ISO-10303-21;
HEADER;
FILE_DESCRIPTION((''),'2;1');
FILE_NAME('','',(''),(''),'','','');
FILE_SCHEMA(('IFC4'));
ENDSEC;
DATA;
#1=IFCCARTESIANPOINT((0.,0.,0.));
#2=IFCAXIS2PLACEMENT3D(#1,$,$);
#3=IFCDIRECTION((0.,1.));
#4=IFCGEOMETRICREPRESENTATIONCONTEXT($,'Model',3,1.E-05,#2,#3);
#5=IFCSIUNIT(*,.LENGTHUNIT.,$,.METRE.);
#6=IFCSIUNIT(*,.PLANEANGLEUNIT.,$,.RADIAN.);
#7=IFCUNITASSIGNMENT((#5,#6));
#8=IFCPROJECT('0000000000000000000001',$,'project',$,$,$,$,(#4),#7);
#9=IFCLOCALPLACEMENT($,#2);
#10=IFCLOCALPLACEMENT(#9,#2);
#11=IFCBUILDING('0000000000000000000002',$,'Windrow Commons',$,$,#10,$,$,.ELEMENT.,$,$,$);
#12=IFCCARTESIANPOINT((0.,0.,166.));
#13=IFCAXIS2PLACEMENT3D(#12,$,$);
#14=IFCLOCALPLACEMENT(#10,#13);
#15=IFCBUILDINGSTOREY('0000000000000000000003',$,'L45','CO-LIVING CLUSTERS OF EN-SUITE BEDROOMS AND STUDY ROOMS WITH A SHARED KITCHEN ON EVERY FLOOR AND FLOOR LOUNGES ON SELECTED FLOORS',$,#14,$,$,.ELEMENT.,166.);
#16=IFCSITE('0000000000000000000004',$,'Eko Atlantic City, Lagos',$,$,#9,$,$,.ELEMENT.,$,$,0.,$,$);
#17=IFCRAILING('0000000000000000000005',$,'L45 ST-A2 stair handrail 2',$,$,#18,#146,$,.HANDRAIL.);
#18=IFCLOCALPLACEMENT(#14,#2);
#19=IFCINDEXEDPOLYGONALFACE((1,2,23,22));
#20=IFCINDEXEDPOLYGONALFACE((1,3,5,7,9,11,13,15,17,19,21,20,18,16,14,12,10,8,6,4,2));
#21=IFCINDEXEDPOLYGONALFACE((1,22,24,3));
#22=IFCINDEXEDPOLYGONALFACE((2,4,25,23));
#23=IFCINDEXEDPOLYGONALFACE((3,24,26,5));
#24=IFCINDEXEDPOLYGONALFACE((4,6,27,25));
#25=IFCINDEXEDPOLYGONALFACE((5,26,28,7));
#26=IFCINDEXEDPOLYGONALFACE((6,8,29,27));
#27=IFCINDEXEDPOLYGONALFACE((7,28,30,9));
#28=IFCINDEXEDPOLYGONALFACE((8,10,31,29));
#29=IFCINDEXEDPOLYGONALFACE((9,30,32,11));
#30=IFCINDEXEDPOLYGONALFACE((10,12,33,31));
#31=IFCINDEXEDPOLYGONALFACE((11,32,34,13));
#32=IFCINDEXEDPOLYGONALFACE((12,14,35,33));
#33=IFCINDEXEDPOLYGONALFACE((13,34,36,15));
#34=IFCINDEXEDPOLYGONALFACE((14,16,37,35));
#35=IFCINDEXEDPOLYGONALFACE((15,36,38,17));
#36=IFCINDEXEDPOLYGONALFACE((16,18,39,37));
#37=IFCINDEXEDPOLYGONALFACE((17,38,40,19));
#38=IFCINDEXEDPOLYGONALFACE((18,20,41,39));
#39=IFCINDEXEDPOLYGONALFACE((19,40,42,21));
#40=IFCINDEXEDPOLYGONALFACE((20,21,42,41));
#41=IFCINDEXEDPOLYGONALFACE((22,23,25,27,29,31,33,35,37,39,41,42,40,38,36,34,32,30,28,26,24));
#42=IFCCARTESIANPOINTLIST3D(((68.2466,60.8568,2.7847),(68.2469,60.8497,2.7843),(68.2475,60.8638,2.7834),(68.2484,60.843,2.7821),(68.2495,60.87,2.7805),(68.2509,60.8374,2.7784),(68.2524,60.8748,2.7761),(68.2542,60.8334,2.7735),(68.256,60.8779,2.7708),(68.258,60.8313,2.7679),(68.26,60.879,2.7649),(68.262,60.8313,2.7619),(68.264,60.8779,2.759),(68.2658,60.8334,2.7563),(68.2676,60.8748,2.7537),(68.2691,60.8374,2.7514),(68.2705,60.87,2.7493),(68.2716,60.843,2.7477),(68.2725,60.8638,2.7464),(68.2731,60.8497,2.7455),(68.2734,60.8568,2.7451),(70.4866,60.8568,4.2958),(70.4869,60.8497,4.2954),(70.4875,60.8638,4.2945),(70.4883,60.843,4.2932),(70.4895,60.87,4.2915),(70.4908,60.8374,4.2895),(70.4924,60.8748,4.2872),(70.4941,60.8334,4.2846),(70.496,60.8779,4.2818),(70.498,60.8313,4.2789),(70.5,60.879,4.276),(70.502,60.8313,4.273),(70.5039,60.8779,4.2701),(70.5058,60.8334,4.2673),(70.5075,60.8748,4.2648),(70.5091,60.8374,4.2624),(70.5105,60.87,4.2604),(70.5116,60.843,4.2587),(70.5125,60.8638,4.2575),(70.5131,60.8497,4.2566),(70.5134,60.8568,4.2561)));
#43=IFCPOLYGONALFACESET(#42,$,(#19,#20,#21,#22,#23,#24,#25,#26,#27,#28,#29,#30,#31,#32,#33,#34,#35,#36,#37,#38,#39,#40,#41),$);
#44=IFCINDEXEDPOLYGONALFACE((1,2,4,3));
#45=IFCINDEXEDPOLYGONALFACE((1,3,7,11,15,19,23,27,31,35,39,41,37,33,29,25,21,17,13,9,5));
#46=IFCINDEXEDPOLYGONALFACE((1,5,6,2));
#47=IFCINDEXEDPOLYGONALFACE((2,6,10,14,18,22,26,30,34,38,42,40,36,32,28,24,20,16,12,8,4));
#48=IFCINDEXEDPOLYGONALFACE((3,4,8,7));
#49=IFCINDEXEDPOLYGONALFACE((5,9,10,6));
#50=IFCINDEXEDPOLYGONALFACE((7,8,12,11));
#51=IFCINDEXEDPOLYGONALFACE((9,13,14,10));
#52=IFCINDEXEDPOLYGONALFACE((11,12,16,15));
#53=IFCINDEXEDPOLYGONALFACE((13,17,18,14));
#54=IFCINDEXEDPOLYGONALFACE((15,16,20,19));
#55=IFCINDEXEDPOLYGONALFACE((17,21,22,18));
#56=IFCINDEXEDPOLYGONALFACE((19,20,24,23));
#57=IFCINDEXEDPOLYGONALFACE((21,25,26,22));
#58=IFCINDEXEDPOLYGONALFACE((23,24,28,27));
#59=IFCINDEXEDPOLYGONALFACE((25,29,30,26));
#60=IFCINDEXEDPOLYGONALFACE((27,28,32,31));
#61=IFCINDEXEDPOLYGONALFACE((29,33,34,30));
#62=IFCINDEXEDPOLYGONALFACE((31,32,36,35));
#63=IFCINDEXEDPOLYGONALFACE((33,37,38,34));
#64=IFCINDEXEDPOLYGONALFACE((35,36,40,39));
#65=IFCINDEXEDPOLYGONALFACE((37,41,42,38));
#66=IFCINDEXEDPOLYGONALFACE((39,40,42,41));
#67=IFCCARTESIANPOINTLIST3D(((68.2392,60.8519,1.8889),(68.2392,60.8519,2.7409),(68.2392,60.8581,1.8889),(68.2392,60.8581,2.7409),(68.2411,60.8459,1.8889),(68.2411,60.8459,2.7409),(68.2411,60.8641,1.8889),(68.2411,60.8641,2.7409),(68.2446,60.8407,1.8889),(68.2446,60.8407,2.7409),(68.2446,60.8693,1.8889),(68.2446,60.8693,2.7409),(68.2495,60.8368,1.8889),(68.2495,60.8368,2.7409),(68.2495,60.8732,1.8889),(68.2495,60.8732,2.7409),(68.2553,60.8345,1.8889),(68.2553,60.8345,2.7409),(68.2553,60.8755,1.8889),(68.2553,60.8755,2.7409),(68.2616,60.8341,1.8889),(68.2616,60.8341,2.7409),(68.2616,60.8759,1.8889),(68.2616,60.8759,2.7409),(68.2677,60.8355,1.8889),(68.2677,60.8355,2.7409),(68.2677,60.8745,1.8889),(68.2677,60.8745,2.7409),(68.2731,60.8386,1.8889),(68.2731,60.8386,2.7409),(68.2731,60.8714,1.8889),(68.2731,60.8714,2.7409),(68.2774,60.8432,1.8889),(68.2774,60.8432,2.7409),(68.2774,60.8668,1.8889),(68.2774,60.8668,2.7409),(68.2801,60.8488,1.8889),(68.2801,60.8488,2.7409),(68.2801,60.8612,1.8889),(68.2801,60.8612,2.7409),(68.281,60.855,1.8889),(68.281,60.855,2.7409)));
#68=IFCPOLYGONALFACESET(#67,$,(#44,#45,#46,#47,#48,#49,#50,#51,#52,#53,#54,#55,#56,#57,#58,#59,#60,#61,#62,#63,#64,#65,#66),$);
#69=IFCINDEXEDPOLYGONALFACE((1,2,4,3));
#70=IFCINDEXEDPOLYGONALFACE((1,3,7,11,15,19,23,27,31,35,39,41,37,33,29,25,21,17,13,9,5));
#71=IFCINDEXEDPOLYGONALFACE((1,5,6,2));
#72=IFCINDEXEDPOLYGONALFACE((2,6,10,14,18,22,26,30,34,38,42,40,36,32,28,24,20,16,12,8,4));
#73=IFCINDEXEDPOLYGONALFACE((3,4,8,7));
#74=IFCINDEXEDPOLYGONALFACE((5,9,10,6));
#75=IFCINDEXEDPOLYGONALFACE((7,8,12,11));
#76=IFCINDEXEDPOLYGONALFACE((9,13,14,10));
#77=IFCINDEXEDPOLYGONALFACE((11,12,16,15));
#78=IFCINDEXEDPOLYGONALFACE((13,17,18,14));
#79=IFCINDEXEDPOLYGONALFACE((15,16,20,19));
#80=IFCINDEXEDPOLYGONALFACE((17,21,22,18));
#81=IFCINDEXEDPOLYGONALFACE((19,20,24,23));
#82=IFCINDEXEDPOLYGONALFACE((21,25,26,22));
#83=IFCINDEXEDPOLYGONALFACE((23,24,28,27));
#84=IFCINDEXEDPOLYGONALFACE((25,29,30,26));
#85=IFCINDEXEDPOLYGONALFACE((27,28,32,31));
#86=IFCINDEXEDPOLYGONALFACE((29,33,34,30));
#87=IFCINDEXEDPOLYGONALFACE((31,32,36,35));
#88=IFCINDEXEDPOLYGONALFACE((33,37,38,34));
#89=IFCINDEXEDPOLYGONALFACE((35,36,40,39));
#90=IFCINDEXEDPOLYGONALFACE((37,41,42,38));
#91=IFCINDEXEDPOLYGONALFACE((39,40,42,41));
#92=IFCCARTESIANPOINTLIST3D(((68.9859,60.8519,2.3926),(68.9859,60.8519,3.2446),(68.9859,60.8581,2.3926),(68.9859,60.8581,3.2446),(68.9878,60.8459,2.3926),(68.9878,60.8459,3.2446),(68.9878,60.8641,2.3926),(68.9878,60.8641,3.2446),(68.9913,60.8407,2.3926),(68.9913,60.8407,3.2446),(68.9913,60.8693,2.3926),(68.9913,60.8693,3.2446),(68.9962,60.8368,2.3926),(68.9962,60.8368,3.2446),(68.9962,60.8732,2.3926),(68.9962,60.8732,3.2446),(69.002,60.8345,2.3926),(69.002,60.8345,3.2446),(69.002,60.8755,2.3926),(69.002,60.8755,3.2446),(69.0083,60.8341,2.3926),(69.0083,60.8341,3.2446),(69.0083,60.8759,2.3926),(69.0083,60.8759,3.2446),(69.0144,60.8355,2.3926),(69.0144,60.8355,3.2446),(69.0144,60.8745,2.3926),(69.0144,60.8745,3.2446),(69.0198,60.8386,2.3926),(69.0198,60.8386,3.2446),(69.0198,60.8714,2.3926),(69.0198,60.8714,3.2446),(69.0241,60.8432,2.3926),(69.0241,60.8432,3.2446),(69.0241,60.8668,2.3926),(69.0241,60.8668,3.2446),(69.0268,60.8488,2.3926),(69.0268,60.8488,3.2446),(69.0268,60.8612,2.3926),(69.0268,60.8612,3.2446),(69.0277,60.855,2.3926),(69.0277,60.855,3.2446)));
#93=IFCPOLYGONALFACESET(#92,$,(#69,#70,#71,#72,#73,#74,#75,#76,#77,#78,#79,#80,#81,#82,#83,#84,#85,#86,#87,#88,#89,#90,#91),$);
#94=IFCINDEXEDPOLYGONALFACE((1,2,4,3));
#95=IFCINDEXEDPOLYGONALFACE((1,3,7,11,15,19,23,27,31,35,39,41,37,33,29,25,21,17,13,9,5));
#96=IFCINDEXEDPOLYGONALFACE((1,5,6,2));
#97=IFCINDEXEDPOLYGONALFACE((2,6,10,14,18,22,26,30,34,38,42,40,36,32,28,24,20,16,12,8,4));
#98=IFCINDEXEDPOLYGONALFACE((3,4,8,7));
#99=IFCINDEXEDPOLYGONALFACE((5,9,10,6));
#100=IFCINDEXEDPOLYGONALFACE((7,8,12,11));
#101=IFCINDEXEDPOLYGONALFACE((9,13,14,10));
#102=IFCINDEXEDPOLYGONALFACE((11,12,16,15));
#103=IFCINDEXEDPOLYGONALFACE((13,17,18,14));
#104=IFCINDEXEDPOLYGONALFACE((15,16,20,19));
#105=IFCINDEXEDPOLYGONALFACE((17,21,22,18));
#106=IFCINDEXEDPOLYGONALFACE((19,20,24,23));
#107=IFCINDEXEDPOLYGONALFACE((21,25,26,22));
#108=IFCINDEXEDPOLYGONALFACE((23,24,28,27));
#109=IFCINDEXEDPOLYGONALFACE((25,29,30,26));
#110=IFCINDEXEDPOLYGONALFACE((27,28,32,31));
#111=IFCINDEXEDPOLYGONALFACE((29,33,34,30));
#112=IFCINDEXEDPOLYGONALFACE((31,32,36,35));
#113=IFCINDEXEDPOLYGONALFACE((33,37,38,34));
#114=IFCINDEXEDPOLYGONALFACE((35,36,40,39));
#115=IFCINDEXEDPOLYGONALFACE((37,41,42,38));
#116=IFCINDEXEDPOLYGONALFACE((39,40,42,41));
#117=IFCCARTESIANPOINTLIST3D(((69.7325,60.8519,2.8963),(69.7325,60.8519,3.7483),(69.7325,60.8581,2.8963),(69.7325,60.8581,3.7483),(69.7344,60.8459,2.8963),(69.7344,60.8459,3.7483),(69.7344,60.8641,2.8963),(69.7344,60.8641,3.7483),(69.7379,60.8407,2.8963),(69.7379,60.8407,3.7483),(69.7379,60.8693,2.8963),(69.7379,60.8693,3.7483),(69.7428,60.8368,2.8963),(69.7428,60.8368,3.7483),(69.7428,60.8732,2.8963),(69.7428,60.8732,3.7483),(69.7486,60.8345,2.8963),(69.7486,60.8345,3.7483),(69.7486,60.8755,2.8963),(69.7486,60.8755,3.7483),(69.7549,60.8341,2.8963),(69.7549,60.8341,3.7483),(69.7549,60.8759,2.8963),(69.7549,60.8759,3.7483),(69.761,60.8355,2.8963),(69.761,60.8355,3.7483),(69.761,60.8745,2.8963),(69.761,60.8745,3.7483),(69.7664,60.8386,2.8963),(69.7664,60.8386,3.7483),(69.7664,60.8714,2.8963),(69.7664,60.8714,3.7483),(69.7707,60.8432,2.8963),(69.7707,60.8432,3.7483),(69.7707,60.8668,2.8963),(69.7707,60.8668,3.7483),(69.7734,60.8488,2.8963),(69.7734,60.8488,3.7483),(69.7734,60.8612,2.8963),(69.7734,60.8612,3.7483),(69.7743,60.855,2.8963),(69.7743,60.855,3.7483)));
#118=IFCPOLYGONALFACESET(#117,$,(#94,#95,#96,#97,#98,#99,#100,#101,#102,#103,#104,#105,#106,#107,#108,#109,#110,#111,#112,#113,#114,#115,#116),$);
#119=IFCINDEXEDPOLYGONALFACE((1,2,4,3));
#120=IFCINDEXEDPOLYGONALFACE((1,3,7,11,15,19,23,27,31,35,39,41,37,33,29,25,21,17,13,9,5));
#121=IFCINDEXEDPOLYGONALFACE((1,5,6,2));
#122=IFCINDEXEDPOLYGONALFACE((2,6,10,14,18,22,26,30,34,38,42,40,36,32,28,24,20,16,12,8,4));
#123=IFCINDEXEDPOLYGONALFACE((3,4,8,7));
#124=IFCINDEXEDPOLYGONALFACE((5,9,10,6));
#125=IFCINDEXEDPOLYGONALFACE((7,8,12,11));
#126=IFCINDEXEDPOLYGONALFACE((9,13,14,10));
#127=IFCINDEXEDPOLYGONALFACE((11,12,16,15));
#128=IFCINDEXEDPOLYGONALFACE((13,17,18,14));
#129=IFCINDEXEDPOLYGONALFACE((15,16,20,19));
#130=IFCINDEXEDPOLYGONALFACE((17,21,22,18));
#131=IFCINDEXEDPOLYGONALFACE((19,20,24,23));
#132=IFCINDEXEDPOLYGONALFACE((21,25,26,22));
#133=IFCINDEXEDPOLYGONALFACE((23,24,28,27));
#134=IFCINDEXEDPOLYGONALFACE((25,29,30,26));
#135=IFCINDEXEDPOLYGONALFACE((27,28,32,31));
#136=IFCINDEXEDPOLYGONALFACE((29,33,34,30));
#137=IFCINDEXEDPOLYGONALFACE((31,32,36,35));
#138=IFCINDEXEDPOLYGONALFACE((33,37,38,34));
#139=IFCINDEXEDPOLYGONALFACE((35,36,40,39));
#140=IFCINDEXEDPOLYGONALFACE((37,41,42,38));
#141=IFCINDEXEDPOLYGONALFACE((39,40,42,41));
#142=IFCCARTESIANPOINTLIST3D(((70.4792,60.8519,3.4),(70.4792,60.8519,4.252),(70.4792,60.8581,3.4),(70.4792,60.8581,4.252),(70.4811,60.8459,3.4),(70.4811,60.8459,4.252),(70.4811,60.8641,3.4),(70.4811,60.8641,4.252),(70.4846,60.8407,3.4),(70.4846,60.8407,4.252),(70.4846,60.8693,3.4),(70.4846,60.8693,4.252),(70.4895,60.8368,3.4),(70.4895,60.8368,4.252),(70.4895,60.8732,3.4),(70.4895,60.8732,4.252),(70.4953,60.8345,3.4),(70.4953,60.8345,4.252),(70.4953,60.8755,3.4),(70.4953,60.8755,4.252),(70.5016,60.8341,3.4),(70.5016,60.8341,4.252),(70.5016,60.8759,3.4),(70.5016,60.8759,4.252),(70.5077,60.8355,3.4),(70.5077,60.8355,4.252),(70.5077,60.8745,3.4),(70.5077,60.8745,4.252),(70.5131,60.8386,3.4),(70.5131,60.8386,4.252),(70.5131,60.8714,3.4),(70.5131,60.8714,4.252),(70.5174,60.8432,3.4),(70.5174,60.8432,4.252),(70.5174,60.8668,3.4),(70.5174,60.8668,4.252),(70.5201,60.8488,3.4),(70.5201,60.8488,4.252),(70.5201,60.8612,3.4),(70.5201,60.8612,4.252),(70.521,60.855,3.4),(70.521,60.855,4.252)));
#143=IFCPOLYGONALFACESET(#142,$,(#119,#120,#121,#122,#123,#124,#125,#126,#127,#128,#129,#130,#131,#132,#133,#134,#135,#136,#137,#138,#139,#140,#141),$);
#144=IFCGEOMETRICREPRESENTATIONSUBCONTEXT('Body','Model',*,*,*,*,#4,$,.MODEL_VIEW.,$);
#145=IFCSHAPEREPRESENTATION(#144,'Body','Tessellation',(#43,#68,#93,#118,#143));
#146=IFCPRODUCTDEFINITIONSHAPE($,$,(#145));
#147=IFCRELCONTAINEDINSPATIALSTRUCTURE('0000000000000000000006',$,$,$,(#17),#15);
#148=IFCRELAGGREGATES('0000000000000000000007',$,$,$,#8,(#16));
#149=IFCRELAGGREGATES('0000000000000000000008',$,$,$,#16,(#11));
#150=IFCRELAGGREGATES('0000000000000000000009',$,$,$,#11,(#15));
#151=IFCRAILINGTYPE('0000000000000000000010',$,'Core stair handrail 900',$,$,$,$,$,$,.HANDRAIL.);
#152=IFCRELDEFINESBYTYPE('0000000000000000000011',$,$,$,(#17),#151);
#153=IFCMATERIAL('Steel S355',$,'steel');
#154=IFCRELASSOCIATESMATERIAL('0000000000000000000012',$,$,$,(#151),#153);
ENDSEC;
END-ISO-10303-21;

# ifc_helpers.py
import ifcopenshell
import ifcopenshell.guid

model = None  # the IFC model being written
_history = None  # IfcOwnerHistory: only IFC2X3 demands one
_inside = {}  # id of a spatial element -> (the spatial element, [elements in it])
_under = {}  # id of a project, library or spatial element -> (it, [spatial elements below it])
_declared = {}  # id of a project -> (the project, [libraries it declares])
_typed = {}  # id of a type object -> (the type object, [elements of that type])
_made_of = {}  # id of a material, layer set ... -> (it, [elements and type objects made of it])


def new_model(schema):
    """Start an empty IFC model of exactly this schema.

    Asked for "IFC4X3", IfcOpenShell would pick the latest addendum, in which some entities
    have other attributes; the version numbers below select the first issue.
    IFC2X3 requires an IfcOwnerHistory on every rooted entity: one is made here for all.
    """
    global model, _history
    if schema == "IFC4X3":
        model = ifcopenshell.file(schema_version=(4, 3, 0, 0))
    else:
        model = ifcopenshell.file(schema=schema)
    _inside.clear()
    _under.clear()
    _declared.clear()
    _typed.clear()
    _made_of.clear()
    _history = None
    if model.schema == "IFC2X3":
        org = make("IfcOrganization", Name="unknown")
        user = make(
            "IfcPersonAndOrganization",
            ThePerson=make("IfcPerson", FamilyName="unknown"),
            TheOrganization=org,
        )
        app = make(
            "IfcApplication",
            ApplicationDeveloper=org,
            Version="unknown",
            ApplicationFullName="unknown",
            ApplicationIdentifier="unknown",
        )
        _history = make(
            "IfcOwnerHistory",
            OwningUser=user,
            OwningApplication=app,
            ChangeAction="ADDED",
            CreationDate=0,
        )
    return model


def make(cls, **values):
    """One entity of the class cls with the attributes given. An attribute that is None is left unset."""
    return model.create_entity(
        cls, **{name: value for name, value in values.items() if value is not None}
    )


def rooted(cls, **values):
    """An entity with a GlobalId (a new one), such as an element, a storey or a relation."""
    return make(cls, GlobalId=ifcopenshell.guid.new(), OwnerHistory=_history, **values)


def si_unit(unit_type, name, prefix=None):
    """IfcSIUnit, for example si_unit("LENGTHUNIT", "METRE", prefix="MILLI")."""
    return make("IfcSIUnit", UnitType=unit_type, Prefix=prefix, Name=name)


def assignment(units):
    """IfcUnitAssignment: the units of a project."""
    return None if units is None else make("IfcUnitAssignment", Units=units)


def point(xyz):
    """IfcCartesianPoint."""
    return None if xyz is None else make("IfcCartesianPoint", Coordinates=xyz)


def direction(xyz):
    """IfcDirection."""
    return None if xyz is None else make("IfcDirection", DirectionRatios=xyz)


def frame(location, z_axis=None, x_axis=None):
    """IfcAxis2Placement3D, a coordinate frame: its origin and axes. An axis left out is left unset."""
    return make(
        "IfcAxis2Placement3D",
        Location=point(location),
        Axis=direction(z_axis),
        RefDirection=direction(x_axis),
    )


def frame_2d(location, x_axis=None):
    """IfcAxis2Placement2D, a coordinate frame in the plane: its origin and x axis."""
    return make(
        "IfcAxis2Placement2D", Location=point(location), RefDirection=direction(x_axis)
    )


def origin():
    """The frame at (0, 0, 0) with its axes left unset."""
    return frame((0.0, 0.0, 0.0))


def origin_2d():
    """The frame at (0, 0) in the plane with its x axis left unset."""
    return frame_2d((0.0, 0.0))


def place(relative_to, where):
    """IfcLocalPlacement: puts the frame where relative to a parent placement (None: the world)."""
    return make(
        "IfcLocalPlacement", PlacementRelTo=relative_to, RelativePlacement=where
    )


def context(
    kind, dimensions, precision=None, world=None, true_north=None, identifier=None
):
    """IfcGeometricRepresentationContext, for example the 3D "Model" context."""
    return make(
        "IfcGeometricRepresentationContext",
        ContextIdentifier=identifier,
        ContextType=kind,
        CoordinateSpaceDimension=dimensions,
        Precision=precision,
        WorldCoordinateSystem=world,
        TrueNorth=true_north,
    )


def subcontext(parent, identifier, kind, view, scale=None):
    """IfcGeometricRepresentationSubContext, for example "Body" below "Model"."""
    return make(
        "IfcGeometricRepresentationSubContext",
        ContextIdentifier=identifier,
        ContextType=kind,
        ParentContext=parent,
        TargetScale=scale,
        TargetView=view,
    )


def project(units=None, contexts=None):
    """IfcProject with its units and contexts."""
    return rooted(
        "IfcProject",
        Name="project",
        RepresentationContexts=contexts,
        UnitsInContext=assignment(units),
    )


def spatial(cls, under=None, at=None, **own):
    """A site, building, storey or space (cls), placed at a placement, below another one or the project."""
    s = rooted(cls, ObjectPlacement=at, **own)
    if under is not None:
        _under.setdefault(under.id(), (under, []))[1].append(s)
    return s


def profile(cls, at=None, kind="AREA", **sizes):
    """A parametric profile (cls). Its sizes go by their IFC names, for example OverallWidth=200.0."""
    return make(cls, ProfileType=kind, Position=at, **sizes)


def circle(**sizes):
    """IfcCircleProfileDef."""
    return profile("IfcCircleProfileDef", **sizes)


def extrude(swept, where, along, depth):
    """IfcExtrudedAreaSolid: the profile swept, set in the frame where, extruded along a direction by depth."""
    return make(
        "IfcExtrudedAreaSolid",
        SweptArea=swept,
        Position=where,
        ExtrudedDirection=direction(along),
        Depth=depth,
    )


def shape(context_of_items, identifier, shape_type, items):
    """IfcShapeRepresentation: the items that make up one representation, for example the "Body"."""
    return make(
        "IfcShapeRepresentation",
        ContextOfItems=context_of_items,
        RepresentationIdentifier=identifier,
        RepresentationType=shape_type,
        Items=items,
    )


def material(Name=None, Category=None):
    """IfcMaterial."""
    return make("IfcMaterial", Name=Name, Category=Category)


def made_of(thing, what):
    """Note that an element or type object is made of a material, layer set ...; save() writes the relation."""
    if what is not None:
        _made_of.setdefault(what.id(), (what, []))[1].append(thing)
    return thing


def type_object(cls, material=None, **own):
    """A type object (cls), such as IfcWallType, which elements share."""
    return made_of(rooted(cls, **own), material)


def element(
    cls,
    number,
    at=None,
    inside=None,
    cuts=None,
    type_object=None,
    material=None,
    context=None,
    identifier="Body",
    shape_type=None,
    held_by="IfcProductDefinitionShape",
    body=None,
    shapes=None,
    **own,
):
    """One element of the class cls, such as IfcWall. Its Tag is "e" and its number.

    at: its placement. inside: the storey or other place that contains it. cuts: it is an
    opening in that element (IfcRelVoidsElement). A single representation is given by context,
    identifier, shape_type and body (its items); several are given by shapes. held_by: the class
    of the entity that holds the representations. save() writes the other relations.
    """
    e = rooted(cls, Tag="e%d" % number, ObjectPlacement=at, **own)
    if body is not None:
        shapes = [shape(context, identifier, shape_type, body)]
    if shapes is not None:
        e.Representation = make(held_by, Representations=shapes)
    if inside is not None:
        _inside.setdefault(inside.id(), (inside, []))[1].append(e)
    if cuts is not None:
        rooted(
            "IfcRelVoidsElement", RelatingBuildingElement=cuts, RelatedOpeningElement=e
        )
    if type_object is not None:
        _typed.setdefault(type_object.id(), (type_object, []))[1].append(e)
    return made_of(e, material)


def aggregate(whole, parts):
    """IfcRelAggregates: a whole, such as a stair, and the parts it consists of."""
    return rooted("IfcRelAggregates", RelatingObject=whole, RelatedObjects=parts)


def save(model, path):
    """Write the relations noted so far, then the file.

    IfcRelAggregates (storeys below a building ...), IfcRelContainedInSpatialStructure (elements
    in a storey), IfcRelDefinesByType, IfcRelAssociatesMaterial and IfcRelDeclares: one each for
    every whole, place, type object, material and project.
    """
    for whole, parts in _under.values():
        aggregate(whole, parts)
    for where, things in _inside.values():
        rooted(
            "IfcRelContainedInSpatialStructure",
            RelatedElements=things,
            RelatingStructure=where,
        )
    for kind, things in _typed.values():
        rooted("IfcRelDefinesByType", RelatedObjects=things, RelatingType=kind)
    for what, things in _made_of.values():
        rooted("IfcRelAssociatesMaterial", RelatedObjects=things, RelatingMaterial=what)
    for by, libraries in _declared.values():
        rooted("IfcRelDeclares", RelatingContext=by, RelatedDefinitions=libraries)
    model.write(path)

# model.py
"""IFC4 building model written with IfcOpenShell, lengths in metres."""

from ifc_helpers import new_model, si_unit, direction, frame, origin, origin_2d, place, context, subcontext, project, spatial, circle, extrude, material, type_object, element, save


model = new_model("IFC4")

# Units and contexts
model_context = context("Model", 3, precision=1e-05, world=origin(), true_north=direction((0.0, 1.0)))
body_context = subcontext(model_context, "Body", "Model", "MODEL_VIEW")
ifc_project = project(units=[si_unit("LENGTHUNIT", "METRE"), si_unit("PLANEANGLEUNIT", "RADIAN")], contexts=[model_context])

# Site, building, storey
site_placement = place(None, origin())
site = spatial("IfcSite", under=ifc_project, at=site_placement, Name="Eko Atlantic City, Lagos", CompositionType="ELEMENT", RefElevation=0.0)
building_placement = place(site_placement, origin())
building = spatial("IfcBuilding", under=site, at=building_placement, Name="Windrow Commons", CompositionType="ELEMENT")
storey_placement = place(building_placement, frame((0.0, 0.0, 166.0)))
storey = spatial("IfcBuildingStorey", under=building, at=storey_placement, Name="L45", Description="CO-LIVING CLUSTERS OF EN-SUITE BEDROOMS AND STUDY ROOMS WITH A SHARED KITCHEN ON EVERY FLOOR AND FLOOR LOUNGES ON SELECTED FLOORS", CompositionType="ELEMENT", Elevation=166.0)

# Railing
ifc_material_1 = material(Name="Steel S355", Category="steel")
railing_type_1 = type_object("IfcRailingType", Name="Core stair handrail 900", PredefinedType="HANDRAIL", material=ifc_material_1)
railing_1_placement = place(storey_placement, frame((68.26, 60.855, 1.8889)))
element("IfcRailing", 1, at=railing_1_placement, inside=storey, type_object=railing_type_1, Name="L45 ST-A2 stair handrail 2", PredefinedType="HANDRAIL", context=body_context, shape_type="SweptSolid", body=[
    extrude(circle(Radius=0.024, at=origin_2d()), frame((0.0, 0.0, 0.876), z_axis=(0.829003, 0.0, 0.559244), x_axis=(0.0, 1.0, 0.0)), (0.0, 0.0, 1.0), 2.702),
    extrude(circle(Radius=0.021, at=origin_2d()), origin(), (0.0, 0.0, 1.0), 0.852),
    extrude(circle(Radius=0.021, at=origin_2d()), frame((0.7467, 0.0, 0.5037)), (0.0, 0.0, 1.0), 0.852),
    extrude(circle(Radius=0.021, at=origin_2d()), frame((1.4933, 0.0, 1.0074)), (0.0, 0.0, 1.0), 0.852),
    extrude(circle(Radius=0.021, at=origin_2d()), frame((2.24, 0.0, 1.5111)), (0.0, 0.0, 1.0), 0.852),
])

save(model, "model.ifc")
